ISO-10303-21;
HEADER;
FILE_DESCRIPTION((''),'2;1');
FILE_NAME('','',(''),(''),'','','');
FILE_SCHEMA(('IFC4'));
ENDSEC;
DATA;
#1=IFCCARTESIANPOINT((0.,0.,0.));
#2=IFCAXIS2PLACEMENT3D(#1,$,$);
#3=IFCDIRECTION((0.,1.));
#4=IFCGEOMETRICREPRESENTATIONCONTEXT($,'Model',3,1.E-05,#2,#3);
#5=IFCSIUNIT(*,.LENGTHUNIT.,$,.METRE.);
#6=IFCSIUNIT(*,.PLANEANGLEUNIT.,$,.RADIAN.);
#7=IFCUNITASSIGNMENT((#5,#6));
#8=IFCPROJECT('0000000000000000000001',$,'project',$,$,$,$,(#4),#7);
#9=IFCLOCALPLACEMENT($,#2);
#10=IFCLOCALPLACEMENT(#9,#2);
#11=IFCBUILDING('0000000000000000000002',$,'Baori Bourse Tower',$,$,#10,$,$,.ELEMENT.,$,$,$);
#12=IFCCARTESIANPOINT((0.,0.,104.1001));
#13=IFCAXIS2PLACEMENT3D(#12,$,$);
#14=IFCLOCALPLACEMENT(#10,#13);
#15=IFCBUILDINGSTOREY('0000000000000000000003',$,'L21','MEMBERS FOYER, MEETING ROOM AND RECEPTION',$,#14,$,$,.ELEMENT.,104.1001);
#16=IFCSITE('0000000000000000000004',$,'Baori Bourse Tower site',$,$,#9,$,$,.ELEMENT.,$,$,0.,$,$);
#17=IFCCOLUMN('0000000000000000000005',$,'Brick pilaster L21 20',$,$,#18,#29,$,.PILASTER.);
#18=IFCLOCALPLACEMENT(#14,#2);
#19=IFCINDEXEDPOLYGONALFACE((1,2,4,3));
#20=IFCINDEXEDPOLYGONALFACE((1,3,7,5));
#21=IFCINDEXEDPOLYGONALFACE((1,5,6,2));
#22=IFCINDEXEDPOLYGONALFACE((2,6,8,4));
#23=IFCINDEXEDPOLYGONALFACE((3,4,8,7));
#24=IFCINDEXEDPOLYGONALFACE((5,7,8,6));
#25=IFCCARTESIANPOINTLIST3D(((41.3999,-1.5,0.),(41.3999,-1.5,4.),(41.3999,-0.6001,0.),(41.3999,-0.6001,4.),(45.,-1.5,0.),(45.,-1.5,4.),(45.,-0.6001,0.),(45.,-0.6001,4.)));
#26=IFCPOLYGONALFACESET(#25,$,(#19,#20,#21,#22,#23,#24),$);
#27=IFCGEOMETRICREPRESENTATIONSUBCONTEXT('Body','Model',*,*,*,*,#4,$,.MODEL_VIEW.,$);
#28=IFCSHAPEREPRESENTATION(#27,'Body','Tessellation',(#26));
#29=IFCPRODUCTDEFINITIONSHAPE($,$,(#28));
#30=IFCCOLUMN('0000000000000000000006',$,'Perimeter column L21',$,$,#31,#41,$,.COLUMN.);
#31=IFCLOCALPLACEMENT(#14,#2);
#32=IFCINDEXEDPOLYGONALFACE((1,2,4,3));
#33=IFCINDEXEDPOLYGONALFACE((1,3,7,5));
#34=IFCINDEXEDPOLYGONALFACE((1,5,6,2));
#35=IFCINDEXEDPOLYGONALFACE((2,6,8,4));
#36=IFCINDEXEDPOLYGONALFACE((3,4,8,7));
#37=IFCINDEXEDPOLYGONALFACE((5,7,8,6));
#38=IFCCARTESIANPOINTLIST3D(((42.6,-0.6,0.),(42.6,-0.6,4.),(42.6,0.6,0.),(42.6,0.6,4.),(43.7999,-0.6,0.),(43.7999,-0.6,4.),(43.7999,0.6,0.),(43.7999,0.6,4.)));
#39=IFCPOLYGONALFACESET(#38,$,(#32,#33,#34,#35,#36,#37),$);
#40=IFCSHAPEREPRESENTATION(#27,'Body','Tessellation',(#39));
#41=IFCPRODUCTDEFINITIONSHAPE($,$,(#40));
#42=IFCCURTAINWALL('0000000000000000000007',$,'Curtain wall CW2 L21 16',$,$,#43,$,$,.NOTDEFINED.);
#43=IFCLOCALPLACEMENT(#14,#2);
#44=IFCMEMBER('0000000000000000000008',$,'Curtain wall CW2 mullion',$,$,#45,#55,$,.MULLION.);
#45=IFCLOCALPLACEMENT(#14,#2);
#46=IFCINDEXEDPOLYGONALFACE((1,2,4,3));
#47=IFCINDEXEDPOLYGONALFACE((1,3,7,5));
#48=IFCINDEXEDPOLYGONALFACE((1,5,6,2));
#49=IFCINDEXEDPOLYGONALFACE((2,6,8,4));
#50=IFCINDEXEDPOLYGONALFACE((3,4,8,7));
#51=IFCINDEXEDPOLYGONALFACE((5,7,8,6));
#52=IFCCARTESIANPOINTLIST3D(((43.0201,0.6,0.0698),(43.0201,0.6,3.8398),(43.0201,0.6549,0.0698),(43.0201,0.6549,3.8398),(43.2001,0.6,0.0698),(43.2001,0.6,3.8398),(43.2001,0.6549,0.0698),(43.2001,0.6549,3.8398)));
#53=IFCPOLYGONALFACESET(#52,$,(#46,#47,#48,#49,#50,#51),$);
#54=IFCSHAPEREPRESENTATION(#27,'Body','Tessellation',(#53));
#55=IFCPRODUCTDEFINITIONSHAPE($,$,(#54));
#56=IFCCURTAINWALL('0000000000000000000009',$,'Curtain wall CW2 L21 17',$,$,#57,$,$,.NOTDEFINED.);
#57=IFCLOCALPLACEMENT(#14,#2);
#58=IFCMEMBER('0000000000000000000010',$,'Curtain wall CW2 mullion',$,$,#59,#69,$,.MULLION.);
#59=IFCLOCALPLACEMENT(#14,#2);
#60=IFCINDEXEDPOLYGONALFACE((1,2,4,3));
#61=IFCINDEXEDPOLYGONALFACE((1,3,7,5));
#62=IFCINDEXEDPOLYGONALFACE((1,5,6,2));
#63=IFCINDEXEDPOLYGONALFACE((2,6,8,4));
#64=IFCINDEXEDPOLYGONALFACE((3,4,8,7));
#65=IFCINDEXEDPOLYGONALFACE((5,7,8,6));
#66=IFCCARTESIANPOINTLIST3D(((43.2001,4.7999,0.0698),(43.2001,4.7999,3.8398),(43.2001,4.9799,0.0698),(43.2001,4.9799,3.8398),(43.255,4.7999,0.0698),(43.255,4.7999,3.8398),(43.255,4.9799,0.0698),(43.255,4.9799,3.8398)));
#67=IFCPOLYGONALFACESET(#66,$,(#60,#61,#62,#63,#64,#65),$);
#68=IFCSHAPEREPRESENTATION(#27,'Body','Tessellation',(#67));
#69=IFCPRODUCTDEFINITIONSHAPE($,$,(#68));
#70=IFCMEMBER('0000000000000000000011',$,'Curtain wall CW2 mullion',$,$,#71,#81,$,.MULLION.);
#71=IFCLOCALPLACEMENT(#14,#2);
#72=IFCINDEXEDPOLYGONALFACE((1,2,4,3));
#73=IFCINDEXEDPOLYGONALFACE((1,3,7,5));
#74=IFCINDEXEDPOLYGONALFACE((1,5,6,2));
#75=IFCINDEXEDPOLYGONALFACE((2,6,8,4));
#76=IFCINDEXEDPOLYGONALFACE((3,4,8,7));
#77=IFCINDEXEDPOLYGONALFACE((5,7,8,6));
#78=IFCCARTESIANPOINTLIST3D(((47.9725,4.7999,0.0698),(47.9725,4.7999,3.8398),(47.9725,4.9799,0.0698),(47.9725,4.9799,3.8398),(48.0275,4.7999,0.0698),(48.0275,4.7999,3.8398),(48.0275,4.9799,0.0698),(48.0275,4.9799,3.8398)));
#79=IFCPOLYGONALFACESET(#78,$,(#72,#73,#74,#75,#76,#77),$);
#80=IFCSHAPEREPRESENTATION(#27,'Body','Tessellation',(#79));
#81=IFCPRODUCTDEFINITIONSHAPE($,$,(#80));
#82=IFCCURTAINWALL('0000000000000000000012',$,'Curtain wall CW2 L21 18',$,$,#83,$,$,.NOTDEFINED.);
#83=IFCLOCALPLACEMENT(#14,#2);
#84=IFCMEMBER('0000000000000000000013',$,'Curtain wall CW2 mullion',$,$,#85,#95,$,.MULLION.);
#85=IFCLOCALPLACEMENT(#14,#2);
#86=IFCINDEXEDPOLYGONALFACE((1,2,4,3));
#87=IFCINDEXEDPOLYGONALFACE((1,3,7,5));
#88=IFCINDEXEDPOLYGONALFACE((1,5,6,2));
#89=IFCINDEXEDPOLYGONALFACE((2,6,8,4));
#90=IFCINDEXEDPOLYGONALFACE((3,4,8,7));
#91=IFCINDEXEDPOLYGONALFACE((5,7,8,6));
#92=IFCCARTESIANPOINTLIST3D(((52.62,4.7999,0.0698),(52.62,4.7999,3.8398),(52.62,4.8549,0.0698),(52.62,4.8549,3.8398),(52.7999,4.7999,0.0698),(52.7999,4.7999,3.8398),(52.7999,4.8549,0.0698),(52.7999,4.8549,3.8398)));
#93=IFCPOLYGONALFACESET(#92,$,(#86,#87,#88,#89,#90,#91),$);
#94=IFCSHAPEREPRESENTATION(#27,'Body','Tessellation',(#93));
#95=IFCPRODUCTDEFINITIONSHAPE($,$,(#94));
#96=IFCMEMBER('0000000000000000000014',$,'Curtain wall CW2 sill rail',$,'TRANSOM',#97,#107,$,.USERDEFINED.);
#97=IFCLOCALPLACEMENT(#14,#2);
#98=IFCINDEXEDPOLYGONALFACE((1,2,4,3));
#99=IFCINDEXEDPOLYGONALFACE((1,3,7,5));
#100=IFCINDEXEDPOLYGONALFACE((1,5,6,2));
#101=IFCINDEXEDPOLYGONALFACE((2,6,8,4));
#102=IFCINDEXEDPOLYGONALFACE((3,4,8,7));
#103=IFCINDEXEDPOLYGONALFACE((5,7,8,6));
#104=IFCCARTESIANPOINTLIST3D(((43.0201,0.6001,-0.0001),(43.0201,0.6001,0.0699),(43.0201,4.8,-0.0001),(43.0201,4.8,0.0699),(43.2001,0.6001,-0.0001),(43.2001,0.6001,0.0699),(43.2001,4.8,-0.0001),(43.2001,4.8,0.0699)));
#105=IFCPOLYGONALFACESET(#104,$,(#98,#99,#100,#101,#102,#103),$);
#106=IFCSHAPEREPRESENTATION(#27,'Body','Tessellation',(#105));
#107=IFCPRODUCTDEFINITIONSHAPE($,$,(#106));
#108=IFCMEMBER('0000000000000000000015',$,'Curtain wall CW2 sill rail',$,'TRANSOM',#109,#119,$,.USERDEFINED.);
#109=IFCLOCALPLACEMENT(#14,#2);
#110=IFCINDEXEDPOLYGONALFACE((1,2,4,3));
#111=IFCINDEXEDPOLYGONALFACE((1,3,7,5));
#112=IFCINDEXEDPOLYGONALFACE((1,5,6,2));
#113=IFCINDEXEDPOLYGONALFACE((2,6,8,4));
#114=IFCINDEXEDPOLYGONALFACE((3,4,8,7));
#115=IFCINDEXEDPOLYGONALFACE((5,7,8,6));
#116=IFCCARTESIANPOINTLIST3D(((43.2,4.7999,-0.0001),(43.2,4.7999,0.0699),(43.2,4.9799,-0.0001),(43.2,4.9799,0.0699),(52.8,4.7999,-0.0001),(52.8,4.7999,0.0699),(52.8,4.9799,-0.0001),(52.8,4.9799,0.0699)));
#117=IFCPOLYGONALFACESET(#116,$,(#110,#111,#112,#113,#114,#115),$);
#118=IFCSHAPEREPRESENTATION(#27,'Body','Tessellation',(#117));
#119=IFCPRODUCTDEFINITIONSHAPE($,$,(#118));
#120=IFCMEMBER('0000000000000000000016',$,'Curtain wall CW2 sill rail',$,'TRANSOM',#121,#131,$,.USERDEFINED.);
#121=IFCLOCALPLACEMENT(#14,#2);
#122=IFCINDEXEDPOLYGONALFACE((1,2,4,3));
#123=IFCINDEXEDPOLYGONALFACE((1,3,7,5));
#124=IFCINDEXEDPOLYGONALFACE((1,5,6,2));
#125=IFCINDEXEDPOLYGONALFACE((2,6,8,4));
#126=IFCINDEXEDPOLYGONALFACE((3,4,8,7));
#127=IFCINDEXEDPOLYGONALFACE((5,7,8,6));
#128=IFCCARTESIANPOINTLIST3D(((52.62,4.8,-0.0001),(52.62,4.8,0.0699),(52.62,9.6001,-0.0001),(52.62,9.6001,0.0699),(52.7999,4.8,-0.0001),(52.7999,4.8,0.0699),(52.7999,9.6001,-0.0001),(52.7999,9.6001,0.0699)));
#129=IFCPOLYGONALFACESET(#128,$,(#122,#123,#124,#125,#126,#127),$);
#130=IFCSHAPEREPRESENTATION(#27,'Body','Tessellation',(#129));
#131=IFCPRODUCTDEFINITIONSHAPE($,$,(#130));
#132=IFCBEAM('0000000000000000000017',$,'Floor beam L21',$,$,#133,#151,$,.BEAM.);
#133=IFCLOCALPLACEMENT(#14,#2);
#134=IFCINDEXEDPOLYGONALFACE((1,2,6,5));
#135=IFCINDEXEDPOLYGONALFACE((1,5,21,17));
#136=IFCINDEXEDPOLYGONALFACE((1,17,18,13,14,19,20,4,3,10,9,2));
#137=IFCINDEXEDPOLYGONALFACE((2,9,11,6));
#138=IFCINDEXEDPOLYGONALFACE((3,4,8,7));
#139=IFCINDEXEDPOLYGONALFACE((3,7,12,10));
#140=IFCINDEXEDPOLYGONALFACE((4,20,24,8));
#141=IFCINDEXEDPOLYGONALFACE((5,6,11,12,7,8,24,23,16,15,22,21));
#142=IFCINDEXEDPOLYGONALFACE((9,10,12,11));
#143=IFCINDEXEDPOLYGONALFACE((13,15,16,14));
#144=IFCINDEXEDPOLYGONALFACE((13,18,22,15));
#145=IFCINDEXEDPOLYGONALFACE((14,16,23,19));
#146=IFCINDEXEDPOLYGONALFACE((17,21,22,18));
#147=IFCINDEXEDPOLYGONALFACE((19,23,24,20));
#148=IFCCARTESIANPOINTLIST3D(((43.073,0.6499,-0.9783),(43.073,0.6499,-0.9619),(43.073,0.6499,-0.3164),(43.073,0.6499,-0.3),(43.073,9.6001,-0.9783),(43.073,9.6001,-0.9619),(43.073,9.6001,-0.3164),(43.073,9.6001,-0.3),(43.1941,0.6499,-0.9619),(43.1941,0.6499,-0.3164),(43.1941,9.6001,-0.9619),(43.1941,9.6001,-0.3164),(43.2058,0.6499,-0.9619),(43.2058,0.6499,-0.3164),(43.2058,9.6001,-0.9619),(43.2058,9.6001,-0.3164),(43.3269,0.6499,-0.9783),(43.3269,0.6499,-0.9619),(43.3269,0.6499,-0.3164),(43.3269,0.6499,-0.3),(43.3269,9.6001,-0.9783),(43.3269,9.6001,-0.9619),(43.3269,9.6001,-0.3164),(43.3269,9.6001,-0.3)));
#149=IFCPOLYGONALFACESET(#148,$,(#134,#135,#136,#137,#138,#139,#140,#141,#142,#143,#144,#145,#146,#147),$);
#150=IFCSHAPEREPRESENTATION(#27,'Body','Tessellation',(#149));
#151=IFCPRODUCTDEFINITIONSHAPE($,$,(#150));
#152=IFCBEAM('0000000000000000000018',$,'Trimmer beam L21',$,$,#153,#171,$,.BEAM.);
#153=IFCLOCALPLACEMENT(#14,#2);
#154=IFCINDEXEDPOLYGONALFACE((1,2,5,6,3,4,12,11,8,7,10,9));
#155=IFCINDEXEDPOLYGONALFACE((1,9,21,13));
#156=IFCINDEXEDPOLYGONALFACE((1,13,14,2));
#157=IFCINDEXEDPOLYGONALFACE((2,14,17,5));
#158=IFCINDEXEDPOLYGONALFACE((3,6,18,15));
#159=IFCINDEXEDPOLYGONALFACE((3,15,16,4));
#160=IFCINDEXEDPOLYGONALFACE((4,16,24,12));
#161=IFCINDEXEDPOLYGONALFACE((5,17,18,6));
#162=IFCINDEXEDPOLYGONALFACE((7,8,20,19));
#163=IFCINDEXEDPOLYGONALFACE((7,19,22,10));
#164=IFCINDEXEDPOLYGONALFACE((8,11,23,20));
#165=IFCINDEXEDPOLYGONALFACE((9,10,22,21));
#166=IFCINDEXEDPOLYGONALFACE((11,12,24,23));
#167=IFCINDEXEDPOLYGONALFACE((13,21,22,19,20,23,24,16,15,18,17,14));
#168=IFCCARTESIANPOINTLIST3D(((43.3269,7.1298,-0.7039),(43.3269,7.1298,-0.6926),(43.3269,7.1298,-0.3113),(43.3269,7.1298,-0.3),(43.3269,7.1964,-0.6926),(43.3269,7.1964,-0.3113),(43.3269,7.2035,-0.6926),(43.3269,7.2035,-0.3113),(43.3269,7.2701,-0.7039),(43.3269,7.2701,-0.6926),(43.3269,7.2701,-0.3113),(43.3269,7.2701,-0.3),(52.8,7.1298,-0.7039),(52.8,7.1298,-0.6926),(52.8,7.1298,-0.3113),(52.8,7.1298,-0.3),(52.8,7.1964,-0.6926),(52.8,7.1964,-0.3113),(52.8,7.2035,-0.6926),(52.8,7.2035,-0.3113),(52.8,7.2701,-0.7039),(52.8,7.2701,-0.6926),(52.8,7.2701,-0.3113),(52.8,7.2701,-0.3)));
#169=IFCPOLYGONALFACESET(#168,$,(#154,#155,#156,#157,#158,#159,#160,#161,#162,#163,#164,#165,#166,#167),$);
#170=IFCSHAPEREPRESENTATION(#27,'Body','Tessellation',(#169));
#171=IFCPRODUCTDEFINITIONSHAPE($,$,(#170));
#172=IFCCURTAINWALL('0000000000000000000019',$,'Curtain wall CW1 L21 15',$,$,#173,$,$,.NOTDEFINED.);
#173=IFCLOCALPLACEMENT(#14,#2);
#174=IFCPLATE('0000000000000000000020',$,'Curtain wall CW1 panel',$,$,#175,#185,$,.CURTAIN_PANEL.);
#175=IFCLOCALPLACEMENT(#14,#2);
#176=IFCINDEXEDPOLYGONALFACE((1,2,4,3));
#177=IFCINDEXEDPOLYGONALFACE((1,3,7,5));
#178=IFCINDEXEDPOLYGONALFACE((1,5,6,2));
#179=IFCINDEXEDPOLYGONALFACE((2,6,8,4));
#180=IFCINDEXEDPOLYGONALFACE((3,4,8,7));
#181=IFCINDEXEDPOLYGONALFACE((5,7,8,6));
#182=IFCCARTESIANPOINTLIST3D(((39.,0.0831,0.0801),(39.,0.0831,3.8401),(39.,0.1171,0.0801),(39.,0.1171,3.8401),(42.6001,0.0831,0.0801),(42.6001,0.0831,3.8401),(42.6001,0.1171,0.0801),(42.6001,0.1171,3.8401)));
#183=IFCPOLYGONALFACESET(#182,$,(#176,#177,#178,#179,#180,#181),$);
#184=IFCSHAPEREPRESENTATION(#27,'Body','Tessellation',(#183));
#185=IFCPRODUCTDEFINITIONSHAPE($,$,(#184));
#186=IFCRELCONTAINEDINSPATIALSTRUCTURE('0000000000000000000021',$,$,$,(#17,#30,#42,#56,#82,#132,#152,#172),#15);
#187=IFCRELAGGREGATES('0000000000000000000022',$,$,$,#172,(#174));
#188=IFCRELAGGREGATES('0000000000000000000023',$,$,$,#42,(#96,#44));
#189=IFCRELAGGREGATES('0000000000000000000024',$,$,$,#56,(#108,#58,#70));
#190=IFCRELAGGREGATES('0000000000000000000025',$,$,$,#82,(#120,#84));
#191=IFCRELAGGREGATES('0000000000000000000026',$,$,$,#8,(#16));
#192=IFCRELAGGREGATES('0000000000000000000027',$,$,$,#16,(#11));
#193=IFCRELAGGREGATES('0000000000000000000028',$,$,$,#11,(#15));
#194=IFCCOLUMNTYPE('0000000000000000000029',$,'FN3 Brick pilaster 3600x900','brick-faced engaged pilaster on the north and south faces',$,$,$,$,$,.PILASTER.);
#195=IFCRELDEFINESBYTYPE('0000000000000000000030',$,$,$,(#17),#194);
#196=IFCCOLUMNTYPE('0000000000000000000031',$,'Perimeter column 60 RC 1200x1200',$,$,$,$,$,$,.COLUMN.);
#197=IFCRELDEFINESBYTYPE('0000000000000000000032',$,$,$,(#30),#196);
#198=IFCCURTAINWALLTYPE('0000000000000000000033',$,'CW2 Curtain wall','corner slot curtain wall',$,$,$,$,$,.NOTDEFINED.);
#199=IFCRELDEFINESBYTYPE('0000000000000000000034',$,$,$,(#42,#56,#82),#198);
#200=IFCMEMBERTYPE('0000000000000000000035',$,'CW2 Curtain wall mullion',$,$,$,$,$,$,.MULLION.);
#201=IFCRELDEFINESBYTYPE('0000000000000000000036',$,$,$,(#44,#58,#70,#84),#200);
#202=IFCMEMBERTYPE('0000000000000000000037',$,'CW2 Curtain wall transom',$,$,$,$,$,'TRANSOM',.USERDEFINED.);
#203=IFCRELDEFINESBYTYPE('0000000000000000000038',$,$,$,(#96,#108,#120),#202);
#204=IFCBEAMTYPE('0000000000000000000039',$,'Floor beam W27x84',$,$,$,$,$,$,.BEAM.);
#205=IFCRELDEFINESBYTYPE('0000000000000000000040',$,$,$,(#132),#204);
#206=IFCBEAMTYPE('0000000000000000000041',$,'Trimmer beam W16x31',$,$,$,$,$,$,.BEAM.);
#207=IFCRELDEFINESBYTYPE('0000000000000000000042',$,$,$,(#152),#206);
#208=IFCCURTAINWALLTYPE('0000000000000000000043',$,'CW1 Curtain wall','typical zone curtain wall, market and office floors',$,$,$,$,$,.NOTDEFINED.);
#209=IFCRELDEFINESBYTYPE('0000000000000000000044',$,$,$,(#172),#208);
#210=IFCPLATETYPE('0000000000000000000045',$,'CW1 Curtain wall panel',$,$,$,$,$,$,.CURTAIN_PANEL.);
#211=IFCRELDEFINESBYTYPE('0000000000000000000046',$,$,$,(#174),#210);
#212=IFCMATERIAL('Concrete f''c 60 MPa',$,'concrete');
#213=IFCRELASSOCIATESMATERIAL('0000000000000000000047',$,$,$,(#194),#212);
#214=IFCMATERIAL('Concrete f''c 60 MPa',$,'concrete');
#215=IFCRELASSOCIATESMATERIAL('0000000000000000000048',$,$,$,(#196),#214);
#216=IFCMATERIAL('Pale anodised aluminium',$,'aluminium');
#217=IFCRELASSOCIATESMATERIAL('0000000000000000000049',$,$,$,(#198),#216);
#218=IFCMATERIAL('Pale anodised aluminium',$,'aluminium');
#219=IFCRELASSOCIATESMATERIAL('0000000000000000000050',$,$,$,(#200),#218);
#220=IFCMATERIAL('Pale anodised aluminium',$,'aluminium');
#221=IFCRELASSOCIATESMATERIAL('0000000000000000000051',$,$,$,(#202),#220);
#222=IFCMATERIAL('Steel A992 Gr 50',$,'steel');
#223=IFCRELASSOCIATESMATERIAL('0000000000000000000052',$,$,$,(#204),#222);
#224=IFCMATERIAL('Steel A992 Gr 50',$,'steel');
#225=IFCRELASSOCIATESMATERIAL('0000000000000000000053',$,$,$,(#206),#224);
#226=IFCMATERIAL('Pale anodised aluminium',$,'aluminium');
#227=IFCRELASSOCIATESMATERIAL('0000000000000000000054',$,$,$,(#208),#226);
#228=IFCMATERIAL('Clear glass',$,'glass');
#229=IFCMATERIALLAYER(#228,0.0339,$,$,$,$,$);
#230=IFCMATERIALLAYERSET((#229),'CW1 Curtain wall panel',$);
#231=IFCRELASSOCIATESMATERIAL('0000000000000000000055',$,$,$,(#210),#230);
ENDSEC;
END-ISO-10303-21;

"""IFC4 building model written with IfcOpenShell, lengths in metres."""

from ifc_helpers import new_model, si_unit, direction, frame, origin, origin_2d, place, context, subcontext, project, spatial, rectangle, i_section, extrude, material, layer, layer_set, material_profile, profile_set, type_object, element, aggregate, save


model = new_model("IFC4")

# Units and contexts
model_context = context("Model", 3, precision=1e-05, world=origin(), true_north=direction((0.0, 1.0)))
body_context = subcontext(model_context, "Body", "Model", "MODEL_VIEW")
ifc_project = project(units=[si_unit("LENGTHUNIT", "METRE"), si_unit("PLANEANGLEUNIT", "RADIAN")], contexts=[model_context])

# Site, building, storey
site_placement = place(None, origin())
site = spatial("IfcSite", under=ifc_project, at=site_placement, Name="Baori Bourse Tower site", CompositionType="ELEMENT", RefElevation=0.0)
building_placement = place(site_placement, origin())
building = spatial("IfcBuilding", under=site, at=building_placement, Name="Baori Bourse Tower", CompositionType="ELEMENT")
storey_placement = place(building_placement, frame((0.0, 0.0, 104.1001)))
storey = spatial("IfcBuildingStorey", under=building, at=storey_placement, Name="L21", Description="MEMBERS FOYER, MEETING ROOM AND RECEPTION", CompositionType="ELEMENT", Elevation=104.1001)

# Columns
ifc_material_1 = material(Name="Concrete f'c 60 MPa", Category="concrete")
ifc_material_profile_1 = material_profile(ifc_material_1, rectangle(XDim=3.6001, YDim=0.8999, at=origin_2d()), Name="RC 3600x900")
ifc_profile_set_1 = profile_set([ifc_material_profile_1], Name="Concrete f'c 60 MPa")
column_type_1 = type_object("IfcColumnType", Name="FN3 Brick pilaster 3600x900", Description="brick-faced engaged pilaster on the north and south faces", PredefinedType="PILASTER", material=ifc_profile_set_1)
column_1_placement = place(storey_placement, frame((43.2, -1.05, 0.0), z_axis=(0.0, 0.0, 1.0), x_axis=(1.0, 0.0, 0.0)))
element("IfcColumn", 1, at=column_1_placement, inside=storey, type_object=column_type_1, Name="Brick pilaster L21 20", PredefinedType="PILASTER", context=body_context, shape_type="SweptSolid", body=[
    extrude(rectangle(XDim=3.6001, YDim=0.8999, at=origin_2d()), origin(), (0.0, 0.0, 1.0), 4.0),
])
ifc_material_2 = material(Name="Concrete f'c 60 MPa", Category="concrete")
ifc_material_profile_2 = material_profile(ifc_material_2, rectangle(XDim=1.2, YDim=1.2, at=origin_2d()), Name="RC 1200x1200")
ifc_profile_set_2 = profile_set([ifc_material_profile_2], Name="Concrete f'c 60 MPa")
column_type_2 = type_object("IfcColumnType", Name="Perimeter column 60 RC 1200x1200", PredefinedType="COLUMN", material=ifc_profile_set_2)
column_2_placement = place(storey_placement, frame((43.2, 0.0, 0.0), z_axis=(0.0, 0.0, 1.0), x_axis=(1.0, 0.0, 0.0)))
element("IfcColumn", 2, at=column_2_placement, inside=storey, type_object=column_type_2, Name="Perimeter column L21", PredefinedType="COLUMN", context=body_context, shape_type="SweptSolid", body=[
    extrude(rectangle(XDim=1.2, YDim=1.2, at=origin_2d()), origin(), (0.0, 0.0, 1.0), 4.0),
])

# Curtain wall, member
ifc_material_3 = material(Name="Pale anodised aluminium", Category="aluminium")
curtain_wall_type_1 = type_object("IfcCurtainWallType", Name="CW2 Curtain wall", Description="corner slot curtain wall", PredefinedType="NOTDEFINED", material=ifc_material_3)
curtain_wall_1_placement = place(storey_placement, origin())
curtain_wall_1 = element("IfcCurtainWall", 3, at=curtain_wall_1_placement, inside=storey, type_object=curtain_wall_type_1, Name="Curtain wall CW2 L21 16", PredefinedType="NOTDEFINED")
ifc_material_4 = material(Name="Pale anodised aluminium", Category="aluminium")
ifc_material_profile_3 = material_profile(ifc_material_4, rectangle(XDim=0.1799, YDim=0.0549, at=origin_2d()), Name="Mullion 55x180")
ifc_profile_set_3 = profile_set([ifc_material_profile_3], Name="Pale anodised aluminium")
member_type_1 = type_object("IfcMemberType", Name="CW2 Curtain wall mullion", PredefinedType="MULLION", material=ifc_profile_set_3)
member_1_placement = place(storey_placement, frame((43.1101, 0.6274, 0.0698), z_axis=(0.0, 0.0, 1.0), x_axis=(-1.0, 0.0, 0.0)))
member_1 = element("IfcMember", 4, at=member_1_placement, type_object=member_type_1, Name="Curtain wall CW2 mullion", PredefinedType="MULLION", context=body_context, shape_type="SweptSolid", body=[
    extrude(rectangle(XDim=0.1799, YDim=0.0549, at=origin_2d()), origin(), (0.0, 0.0, 1.0), 3.77),
])

# Curtain wall, members
curtain_wall_2_placement = place(storey_placement, origin())
curtain_wall_2 = element("IfcCurtainWall", 5, at=curtain_wall_2_placement, inside=storey, type_object=curtain_wall_type_1, Name="Curtain wall CW2 L21 17", PredefinedType="NOTDEFINED")
member_2_placement = place(storey_placement, frame((43.2275, 4.8899, 0.0698), z_axis=(0.0, 0.0, 1.0), x_axis=(0.0, 1.0, 0.0)))
member_2 = element("IfcMember", 6, at=member_2_placement, type_object=member_type_1, Name="Curtain wall CW2 mullion", PredefinedType="MULLION", context=body_context, shape_type="SweptSolid", body=[
    extrude(rectangle(XDim=0.1799, YDim=0.0549, at=origin_2d()), origin(), (0.0, 0.0, 1.0), 3.77),
])
member_3_placement = place(storey_placement, frame((48.0, 4.8899, 0.0698), z_axis=(0.0, 0.0, 1.0), x_axis=(0.0, 1.0, 0.0)))
member_3 = element("IfcMember", 7, at=member_3_placement, type_object=member_type_1, Name="Curtain wall CW2 mullion", PredefinedType="MULLION", context=body_context, shape_type="SweptSolid", body=[
    extrude(rectangle(XDim=0.1799, YDim=0.0549, at=origin_2d()), origin(), (0.0, 0.0, 1.0), 3.77),
])

# Curtain wall, member
curtain_wall_3_placement = place(storey_placement, origin())
curtain_wall_3 = element("IfcCurtainWall", 8, at=curtain_wall_3_placement, inside=storey, type_object=curtain_wall_type_1, Name="Curtain wall CW2 L21 18", PredefinedType="NOTDEFINED")
member_4_placement = place(storey_placement, frame((52.71, 4.8274, 0.0698), z_axis=(0.0, 0.0, 1.0), x_axis=(-1.0, 0.0, 0.0)))
member_4 = element("IfcMember", 9, at=member_4_placement, type_object=member_type_1, Name="Curtain wall CW2 mullion", PredefinedType="MULLION", context=body_context, shape_type="SweptSolid", body=[
    extrude(rectangle(XDim=0.1799, YDim=0.0549, at=origin_2d()), origin(), (0.0, 0.0, 1.0), 3.77),
])

# Members
ifc_material_5 = material(Name="Pale anodised aluminium", Category="aluminium")
ifc_material_profile_4 = material_profile(ifc_material_5, rectangle(XDim=0.1799, YDim=0.0701, at=origin_2d()), Name="Transom 70x180")
ifc_profile_set_4 = profile_set([ifc_material_profile_4], Name="Pale anodised aluminium")
member_type_2 = type_object("IfcMemberType", Name="CW2 Curtain wall transom", ElementType="TRANSOM", PredefinedType="USERDEFINED", material=ifc_profile_set_4)
member_5_placement = place(storey_placement, frame((43.1101, 0.6001, 0.0349), z_axis=(0.0, 1.0, 0.0), x_axis=(-1.0, 0.0, 0.0)))
member_5 = element("IfcMember", 10, at=member_5_placement, type_object=member_type_2, Name="Curtain wall CW2 sill rail", ObjectType="TRANSOM", PredefinedType="USERDEFINED", context=body_context, shape_type="SweptSolid", body=[
    extrude(rectangle(XDim=0.1799, YDim=0.0701, at=origin_2d()), origin(), (0.0, 0.0, 1.0), 4.2),
])
member_6_placement = place(storey_placement, frame((43.2, 4.8899, 0.0349), z_axis=(1.0, 0.0, 0.0), x_axis=(0.0, 1.0, 0.0)))
member_6 = element("IfcMember", 11, at=member_6_placement, type_object=member_type_2, Name="Curtain wall CW2 sill rail", ObjectType="TRANSOM", PredefinedType="USERDEFINED", context=body_context, shape_type="SweptSolid", body=[
    extrude(rectangle(XDim=0.1799, YDim=0.0701, at=origin_2d()), origin(), (0.0, 0.0, 1.0), 9.6001),
])
member_7_placement = place(storey_placement, frame((52.71, 4.8, 0.0349), z_axis=(0.0, 1.0, 0.0), x_axis=(-1.0, 0.0, 0.0)))
member_7 = element("IfcMember", 12, at=member_7_placement, type_object=member_type_2, Name="Curtain wall CW2 sill rail", ObjectType="TRANSOM", PredefinedType="USERDEFINED", context=body_context, shape_type="SweptSolid", body=[
    extrude(rectangle(XDim=0.1799, YDim=0.0701, at=origin_2d()), origin(), (0.0, 0.0, 1.0), 4.8),
])

# Beams
ifc_material_6 = material(Name="Steel A992 Gr 50", Category="steel")
ifc_material_profile_5 = material_profile(ifc_material_6, i_section(OverallWidth=0.2539, OverallDepth=0.6782, WebThickness=0.0117, FlangeThickness=0.0164, at=origin_2d()), Name="W27x84")
ifc_profile_set_5 = profile_set([ifc_material_profile_5], Name="Steel A992 Gr 50")
beam_type_1 = type_object("IfcBeamType", Name="Floor beam W27x84", PredefinedType="BEAM", material=ifc_profile_set_5)
beam_1_placement = place(storey_placement, frame((43.2, 0.6499, -0.6392), z_axis=(0.0, 1.0, 0.0), x_axis=(-1.0, 0.0, 0.0)))
element("IfcBeam", 13, at=beam_1_placement, inside=storey, type_object=beam_type_1, Name="Floor beam L21", PredefinedType="BEAM", context=body_context, shape_type="SweptSolid", body=[
    extrude(i_section(OverallWidth=0.2539, OverallDepth=0.6782, WebThickness=0.0117, FlangeThickness=0.0164, at=origin_2d()), origin(), (0.0, 0.0, 1.0), 8.9502),
])
ifc_material_7 = material(Name="Steel A992 Gr 50", Category="steel")
ifc_material_profile_6 = material_profile(ifc_material_7, i_section(OverallWidth=0.1404, OverallDepth=0.4038, WebThickness=0.0071, FlangeThickness=0.0112, at=origin_2d()), Name="W16x31")
ifc_profile_set_6 = profile_set([ifc_material_profile_6], Name="Steel A992 Gr 50")
beam_type_2 = type_object("IfcBeamType", Name="Trimmer beam W16x31", PredefinedType="BEAM", material=ifc_profile_set_6)
beam_2_placement = place(storey_placement, frame((43.3269, 7.2, -0.502), z_axis=(1.0, 0.0, 0.0), x_axis=(0.0, 1.0, 0.0)))
element("IfcBeam", 14, at=beam_2_placement, inside=storey, type_object=beam_type_2, Name="Trimmer beam L21", PredefinedType="BEAM", context=body_context, shape_type="SweptSolid", body=[
    extrude(i_section(OverallWidth=0.1404, OverallDepth=0.4038, WebThickness=0.0071, FlangeThickness=0.0112, at=origin_2d()), origin(), (0.0, 0.0, 1.0), 9.4731),
])

# Curtain wall, plate
ifc_material_8 = material(Name="Pale anodised aluminium", Category="aluminium")
curtain_wall_type_2 = type_object("IfcCurtainWallType", Name="CW1 Curtain wall", Description="typical zone curtain wall, market and office floors", PredefinedType="NOTDEFINED", material=ifc_material_8)
curtain_wall_4_placement = place(storey_placement, origin())
curtain_wall_4 = element("IfcCurtainWall", 15, at=curtain_wall_4_placement, inside=storey, type_object=curtain_wall_type_2, Name="Curtain wall CW1 L21 15", PredefinedType="NOTDEFINED")
ifc_material_9 = material(Name="Clear glass", Category="glass")
ifc_layer_1 = layer(ifc_material_9, 0.0339)
ifc_layer_set_1 = layer_set([ifc_layer_1], Name="CW1 Curtain wall panel")
plate_type_1 = type_object("IfcPlateType", Name="CW1 Curtain wall panel", PredefinedType="CURTAIN_PANEL", material=ifc_layer_set_1)
plate_1_placement = place(storey_placement, frame((40.8, 0.1001, 0.0801), z_axis=(0.0, 0.0, 1.0), x_axis=(1.0, 0.0, 0.0)))
plate_1 = element("IfcPlate", 16, at=plate_1_placement, type_object=plate_type_1, Name="Curtain wall CW1 panel", PredefinedType="CURTAIN_PANEL", context=body_context, shape_type="SweptSolid", body=[
    extrude(rectangle(XDim=3.6001, YDim=0.0339, at=origin_2d()), origin(), (0.0, 0.0, 1.0), 3.76),
])
aggregate(curtain_wall_4, [plate_1])

aggregate(curtain_wall_1, [member_5, member_1])
aggregate(curtain_wall_2, [member_6, member_2, member_3])
aggregate(curtain_wall_3, [member_7, member_4])

save(model, "model.ifc")
